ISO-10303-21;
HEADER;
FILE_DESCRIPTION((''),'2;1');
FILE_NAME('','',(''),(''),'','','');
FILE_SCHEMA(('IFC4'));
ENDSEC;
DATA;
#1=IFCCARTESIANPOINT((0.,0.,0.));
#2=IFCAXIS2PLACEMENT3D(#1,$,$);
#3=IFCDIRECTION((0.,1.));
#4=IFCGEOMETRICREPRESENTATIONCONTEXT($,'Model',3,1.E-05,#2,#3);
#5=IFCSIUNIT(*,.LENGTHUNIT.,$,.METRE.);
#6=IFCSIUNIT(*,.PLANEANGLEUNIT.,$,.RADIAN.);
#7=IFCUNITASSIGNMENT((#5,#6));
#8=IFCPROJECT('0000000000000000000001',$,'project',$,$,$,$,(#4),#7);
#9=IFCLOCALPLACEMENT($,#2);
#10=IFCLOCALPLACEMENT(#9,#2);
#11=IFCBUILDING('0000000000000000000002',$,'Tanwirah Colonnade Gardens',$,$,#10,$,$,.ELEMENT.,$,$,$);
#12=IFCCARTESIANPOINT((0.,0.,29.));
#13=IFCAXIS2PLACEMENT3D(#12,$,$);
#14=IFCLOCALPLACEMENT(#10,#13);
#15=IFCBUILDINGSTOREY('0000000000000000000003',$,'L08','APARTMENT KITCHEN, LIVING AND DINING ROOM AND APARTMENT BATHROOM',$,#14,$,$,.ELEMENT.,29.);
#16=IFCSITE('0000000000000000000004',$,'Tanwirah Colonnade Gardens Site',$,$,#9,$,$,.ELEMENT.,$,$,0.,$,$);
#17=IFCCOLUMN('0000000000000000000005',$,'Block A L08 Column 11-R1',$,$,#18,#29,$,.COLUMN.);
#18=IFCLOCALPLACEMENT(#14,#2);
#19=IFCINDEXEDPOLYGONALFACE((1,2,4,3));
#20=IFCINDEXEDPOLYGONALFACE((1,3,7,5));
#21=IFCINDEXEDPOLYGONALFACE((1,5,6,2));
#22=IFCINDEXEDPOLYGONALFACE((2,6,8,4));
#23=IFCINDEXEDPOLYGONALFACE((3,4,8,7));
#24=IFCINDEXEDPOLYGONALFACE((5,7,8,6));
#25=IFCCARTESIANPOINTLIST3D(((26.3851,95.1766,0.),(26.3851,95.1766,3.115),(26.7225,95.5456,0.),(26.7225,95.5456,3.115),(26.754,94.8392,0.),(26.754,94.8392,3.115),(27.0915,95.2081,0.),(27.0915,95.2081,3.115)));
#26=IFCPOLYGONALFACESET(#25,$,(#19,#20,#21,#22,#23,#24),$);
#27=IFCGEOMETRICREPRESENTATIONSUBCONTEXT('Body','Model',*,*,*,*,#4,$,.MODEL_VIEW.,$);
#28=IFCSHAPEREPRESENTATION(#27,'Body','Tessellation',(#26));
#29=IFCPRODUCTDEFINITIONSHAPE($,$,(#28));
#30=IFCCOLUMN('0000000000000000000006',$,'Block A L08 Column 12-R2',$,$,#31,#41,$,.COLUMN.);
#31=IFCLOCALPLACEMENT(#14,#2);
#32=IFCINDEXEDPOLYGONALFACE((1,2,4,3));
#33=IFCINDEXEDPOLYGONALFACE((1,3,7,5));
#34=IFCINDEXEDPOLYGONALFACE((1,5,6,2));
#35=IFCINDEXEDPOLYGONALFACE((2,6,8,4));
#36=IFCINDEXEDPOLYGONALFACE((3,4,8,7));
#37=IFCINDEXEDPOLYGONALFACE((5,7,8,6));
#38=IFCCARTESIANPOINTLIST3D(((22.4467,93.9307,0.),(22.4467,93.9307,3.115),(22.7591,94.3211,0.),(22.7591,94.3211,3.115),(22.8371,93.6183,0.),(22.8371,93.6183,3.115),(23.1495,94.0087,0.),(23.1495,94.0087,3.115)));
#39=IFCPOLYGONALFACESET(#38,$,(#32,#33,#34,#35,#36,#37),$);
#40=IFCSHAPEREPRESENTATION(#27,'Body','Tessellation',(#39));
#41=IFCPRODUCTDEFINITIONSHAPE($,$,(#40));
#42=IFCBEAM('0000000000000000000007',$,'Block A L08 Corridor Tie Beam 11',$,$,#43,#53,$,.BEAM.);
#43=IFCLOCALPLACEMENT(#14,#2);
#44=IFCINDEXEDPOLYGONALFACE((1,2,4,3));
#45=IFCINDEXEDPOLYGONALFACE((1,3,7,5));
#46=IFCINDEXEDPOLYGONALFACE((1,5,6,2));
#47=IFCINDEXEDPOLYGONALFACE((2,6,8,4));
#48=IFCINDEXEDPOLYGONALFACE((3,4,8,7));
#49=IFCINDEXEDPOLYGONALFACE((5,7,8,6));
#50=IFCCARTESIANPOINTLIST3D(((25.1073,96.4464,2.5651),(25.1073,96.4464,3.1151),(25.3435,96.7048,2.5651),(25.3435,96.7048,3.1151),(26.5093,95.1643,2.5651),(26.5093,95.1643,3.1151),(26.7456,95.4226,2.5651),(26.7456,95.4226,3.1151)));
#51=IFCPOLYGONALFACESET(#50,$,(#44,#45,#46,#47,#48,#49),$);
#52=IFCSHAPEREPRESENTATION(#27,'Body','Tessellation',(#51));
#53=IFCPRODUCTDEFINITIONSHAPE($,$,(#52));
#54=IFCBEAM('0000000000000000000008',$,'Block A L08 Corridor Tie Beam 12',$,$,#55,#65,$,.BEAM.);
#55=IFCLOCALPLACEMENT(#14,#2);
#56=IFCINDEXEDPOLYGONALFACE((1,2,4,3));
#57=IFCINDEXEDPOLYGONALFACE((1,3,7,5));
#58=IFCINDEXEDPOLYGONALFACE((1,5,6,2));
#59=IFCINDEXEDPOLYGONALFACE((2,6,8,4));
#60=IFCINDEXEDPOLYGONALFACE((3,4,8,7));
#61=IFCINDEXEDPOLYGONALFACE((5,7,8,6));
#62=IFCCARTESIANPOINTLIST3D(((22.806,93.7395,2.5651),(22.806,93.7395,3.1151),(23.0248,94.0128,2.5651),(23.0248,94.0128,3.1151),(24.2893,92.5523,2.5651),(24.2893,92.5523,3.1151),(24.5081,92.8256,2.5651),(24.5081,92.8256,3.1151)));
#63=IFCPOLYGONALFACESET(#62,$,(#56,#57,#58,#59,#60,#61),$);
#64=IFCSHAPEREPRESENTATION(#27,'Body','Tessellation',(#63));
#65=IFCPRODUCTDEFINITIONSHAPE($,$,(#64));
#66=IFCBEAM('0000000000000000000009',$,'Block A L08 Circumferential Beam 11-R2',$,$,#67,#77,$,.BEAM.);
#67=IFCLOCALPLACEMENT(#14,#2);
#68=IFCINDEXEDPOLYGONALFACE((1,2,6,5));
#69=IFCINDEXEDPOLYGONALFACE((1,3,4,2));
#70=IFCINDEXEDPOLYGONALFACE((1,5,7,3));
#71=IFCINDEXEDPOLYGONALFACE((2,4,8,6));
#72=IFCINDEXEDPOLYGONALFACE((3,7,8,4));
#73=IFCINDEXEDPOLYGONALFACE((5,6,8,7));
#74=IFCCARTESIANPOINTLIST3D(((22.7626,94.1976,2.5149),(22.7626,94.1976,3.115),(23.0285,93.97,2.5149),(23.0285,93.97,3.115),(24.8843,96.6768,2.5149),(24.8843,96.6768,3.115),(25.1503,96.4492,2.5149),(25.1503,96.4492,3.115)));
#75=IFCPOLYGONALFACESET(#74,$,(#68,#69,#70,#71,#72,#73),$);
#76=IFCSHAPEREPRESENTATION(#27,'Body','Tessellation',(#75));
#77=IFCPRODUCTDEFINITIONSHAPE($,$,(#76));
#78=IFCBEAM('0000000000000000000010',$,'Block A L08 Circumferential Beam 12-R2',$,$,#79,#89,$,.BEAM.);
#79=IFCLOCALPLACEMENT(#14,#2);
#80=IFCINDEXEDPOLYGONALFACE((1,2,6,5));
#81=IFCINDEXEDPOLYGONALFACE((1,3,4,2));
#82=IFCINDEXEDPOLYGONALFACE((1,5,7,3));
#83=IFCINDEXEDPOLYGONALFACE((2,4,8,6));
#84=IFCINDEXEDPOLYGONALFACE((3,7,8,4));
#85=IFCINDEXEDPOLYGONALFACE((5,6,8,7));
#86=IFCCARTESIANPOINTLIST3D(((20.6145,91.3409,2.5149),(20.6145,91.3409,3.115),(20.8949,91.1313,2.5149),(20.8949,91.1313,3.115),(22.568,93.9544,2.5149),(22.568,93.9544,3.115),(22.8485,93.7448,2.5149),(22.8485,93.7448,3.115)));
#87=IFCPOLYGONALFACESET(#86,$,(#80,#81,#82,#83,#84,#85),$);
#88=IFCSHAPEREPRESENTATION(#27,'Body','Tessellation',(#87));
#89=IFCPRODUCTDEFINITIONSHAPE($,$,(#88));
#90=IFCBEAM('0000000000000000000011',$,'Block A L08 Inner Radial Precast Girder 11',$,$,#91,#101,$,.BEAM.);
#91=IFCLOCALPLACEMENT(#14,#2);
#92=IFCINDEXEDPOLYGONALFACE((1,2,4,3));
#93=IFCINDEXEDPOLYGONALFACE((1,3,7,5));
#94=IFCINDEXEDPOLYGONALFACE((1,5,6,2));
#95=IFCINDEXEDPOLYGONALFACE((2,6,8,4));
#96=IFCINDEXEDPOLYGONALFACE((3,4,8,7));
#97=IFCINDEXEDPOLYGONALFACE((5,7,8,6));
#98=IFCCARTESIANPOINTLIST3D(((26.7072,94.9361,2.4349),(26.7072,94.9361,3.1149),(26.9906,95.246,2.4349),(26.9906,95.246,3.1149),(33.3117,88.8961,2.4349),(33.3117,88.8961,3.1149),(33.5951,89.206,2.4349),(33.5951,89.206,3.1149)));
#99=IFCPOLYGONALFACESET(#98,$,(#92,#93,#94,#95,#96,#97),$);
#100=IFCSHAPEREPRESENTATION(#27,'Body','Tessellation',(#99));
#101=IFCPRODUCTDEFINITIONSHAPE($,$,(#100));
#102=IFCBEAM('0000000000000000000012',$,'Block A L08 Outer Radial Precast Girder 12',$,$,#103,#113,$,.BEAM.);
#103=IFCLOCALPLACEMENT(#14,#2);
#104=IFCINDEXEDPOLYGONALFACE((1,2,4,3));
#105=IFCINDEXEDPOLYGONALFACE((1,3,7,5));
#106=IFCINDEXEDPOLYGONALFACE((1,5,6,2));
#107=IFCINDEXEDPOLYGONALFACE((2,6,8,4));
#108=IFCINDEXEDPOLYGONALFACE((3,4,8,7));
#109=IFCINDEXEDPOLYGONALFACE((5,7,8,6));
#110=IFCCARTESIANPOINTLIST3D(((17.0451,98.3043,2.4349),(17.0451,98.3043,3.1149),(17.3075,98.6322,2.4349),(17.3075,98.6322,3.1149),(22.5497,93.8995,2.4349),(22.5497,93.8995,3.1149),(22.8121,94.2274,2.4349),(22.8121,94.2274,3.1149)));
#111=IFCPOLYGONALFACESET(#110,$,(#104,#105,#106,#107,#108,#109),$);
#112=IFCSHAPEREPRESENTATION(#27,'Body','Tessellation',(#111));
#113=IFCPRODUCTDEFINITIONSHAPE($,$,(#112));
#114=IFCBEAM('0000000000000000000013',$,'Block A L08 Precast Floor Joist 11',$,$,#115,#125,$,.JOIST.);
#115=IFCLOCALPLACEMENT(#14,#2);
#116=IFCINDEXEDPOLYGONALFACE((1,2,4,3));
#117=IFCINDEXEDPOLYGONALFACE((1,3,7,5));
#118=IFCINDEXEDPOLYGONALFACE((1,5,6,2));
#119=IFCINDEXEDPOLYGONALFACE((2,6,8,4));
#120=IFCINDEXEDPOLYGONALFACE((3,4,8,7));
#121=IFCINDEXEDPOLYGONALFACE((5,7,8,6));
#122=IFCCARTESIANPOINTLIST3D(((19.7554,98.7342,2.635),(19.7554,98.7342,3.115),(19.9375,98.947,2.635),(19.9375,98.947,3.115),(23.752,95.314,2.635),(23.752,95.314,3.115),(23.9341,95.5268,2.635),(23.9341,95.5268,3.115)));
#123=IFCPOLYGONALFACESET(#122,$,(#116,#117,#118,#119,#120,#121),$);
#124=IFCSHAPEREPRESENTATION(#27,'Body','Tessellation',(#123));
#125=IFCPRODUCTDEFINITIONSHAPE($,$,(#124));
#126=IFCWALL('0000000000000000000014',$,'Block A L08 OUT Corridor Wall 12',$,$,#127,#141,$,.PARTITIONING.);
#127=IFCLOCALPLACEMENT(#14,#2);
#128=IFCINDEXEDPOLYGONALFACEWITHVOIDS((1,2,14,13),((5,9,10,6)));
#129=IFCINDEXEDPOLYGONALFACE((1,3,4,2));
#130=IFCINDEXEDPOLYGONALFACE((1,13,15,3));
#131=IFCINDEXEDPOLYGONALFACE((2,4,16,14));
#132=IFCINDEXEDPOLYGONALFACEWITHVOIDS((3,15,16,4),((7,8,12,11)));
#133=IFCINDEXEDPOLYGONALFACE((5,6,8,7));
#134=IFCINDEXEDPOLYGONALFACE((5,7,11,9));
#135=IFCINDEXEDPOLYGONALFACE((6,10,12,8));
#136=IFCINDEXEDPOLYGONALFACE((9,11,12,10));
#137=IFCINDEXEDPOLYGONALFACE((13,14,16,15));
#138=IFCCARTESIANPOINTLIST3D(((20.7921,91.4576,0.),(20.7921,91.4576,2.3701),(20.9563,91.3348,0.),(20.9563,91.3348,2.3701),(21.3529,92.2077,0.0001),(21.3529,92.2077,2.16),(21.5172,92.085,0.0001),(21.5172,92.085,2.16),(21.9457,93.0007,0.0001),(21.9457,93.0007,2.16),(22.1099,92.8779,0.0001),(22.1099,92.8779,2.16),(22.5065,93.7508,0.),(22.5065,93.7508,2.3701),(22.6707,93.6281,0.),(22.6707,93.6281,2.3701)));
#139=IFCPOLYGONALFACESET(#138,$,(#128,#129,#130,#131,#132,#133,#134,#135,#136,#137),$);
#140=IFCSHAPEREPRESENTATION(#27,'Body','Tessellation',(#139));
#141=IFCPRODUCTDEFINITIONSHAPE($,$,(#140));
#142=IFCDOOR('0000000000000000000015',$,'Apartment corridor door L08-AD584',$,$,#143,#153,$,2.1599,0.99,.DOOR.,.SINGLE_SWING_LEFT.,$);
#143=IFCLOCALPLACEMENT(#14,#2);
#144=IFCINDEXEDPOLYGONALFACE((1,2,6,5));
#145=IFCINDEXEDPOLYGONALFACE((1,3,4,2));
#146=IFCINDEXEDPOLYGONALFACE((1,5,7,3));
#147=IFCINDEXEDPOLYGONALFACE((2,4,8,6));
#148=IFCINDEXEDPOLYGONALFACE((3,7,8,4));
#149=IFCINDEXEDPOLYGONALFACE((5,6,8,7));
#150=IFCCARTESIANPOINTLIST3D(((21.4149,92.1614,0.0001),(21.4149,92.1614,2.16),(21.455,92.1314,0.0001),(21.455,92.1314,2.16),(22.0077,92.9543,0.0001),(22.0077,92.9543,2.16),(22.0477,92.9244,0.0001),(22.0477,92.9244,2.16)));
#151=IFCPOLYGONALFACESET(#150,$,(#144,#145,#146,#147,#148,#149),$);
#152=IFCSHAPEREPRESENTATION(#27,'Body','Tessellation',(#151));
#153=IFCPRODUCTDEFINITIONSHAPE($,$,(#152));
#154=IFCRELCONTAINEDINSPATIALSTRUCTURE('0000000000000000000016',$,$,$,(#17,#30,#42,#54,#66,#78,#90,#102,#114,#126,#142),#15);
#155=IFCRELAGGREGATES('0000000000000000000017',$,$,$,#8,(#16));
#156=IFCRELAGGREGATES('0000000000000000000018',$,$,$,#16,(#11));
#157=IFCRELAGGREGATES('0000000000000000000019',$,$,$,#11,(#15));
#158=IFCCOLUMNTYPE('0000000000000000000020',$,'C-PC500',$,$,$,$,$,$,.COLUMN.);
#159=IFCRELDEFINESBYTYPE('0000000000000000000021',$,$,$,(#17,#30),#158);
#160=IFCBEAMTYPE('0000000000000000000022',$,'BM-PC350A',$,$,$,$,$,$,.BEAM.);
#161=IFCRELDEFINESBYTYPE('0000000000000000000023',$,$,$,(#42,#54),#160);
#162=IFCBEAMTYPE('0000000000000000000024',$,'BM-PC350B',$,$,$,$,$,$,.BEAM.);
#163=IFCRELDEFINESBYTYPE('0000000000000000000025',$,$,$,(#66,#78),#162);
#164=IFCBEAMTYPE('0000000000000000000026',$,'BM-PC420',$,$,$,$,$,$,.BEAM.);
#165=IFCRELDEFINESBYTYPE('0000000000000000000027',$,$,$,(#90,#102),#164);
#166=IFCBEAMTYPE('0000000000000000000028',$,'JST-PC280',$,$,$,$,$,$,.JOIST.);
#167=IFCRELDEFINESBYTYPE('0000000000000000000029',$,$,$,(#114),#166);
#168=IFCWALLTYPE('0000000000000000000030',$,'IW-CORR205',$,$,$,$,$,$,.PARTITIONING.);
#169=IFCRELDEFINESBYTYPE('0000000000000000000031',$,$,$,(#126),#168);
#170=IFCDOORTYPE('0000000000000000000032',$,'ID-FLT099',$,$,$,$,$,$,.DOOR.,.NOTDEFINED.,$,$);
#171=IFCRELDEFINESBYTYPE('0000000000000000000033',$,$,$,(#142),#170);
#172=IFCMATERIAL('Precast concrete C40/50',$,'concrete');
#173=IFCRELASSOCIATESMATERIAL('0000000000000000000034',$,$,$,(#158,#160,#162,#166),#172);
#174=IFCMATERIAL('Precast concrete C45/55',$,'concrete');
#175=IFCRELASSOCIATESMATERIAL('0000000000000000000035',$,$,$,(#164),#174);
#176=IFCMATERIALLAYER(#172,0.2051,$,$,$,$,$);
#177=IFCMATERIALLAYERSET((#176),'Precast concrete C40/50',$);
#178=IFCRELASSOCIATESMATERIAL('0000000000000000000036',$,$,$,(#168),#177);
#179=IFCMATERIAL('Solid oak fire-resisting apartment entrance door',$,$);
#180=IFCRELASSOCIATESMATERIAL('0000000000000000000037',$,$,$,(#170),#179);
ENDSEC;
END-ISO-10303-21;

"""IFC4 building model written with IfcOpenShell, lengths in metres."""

from ifc_helpers import new_model, si_unit, direction, frame, frame_2d, origin, origin_2d, place, context, subcontext, project, spatial, rectangle, extrude, material, layer, layer_set, material_profile, profile_set, type_object, element, fill, save


model = new_model("IFC4")

# Units and contexts
model_context = context("Model", 3, precision=1e-05, world=origin(), true_north=direction((0.0, 1.0)))
body_context = subcontext(model_context, "Body", "Model", "MODEL_VIEW")
ifc_project = project(units=[si_unit("LENGTHUNIT", "METRE"), si_unit("PLANEANGLEUNIT", "RADIAN")], contexts=[model_context])

# Site, building, storey
site_placement = place(None, origin())
site = spatial("IfcSite", under=ifc_project, at=site_placement, Name="Tanwirah Colonnade Gardens Site", CompositionType="ELEMENT", RefElevation=0.0)
building_placement = place(site_placement, origin())
building = spatial("IfcBuilding", under=site, at=building_placement, Name="Tanwirah Colonnade Gardens", CompositionType="ELEMENT")
storey_placement = place(building_placement, frame((0.0, 0.0, 29.0)))
storey = spatial("IfcBuildingStorey", under=building, at=storey_placement, Name="L08", Description="APARTMENT KITCHEN, LIVING AND DINING ROOM AND APARTMENT BATHROOM", CompositionType="ELEMENT", Elevation=29.0)

# Columns
ifc_material_1 = material(Name="Precast concrete C40/50", Category="concrete")
ifc_material_profile_1 = material_profile(ifc_material_1, rectangle(XDim=0.5, YDim=0.5, at=origin_2d()), Name="PC-COL 500x500")
ifc_profile_set_1 = profile_set([ifc_material_profile_1], Name="Precast concrete C40/50")
column_type = type_object("IfcColumnType", Name="C-PC500", PredefinedType="COLUMN", material=ifc_profile_set_1)
for number, where, z_axis, x_axis, name in (
    (1, (26.7383, 95.1924, 0.0), (0.0, 0.0, 1.0), (-0.737932, 0.674875, 0.0), "Block A L08 Column 11-R1"),
    (2, (22.7981, 93.9697, 0.0), (0.0, 0.0, 1.0), (-0.780794, 0.624788, 0.0), "Block A L08 Column 12-R2"),
):
    element("IfcColumn", number, at=place(storey_placement, frame(where, z_axis=z_axis, x_axis=x_axis)), inside=storey, type_object=column_type, Name=name, PredefinedType="COLUMN", context=body_context, shape_type="SweptSolid", body=[
        extrude(rectangle(XDim=0.5, YDim=0.5, at=origin_2d()), origin(), (0.0, 0.0, 1.0), 3.115),
    ])

# Beams
ifc_material_profile_2 = material_profile(ifc_material_1, rectangle(XDim=0.3501, YDim=0.55, at=origin_2d()), Name="PC-BM 350x550")
ifc_profile_set_2 = profile_set([ifc_material_profile_2], Name="Precast concrete C40/50")
beam_type_1 = type_object("IfcBeamType", Name="BM-PC350A", PredefinedType="BEAM", material=ifc_profile_set_2)
for number, where, z_axis, x_axis, name in (
    (3, (26.6274, 95.2935, 2.8401), (-0.737948, 0.674857, 0.0), (-0.674857, -0.737948, 0.0), "Block A L08 Corridor Tie Beam 11"),
    (4, (24.3987, 92.689, 2.8401), (-0.780731, 0.624867, 0.0), (-0.624867, -0.780731, 0.0), "Block A L08 Corridor Tie Beam 12"),
):
    element("IfcBeam", number, at=place(storey_placement, frame(where, z_axis=z_axis, x_axis=x_axis)), inside=storey, type_object=beam_type_1, Name=name, PredefinedType="BEAM", context=body_context, shape_type="SweptSolid", body=[
        extrude(rectangle(XDim=0.3501, YDim=0.55, at=origin_2d()), origin(), (0.0, 0.0, 1.0), 1.8999),
    ])
ifc_material_profile_3 = material_profile(ifc_material_1, rectangle(XDim=0.3501, YDim=0.6001, at=origin_2d()), Name="PC-BM 350x600")
ifc_profile_set_3 = profile_set([ifc_material_profile_3], Name="Precast concrete C40/50")
beam_type_2 = type_object("IfcBeamType", Name="BM-PC350B", PredefinedType="BEAM", material=ifc_profile_set_3)
beam_1_placement = place(storey_placement, frame((25.0173, 96.563, 2.8149), z_axis=(-0.650218, -0.759748, 0.0), x_axis=(0.759748, -0.650218, 0.0)))
element("IfcBeam", 5, at=beam_1_placement, inside=storey, type_object=beam_type_2, Name="Block A L08 Circumferential Beam 11-R2", PredefinedType="BEAM", context=body_context, shape_type="SweptSolid", body=[
    extrude(rectangle(XDim=0.3501, YDim=0.6001, at=origin_2d()), origin(), (0.0, 0.0, 1.0), 3.2632),
])
beam_2_placement = place(storey_placement, frame((22.7083, 93.8496, 2.8149), z_axis=(-0.598718, -0.80096, 0.0), x_axis=(0.80096, -0.598718, 0.0)))
element("IfcBeam", 6, at=beam_2_placement, inside=storey, type_object=beam_type_2, Name="Block A L08 Circumferential Beam 12-R2", PredefinedType="BEAM", context=body_context, shape_type="SweptSolid", body=[
    extrude(rectangle(XDim=0.3501, YDim=0.6001, at=origin_2d()), origin(), (0.0, 0.0, 1.0), 3.2629),
])
ifc_material_2 = material(Name="Precast concrete C45/55", Category="concrete")
ifc_material_profile_4 = material_profile(ifc_material_2, rectangle(XDim=0.4199, YDim=0.6799, at=origin_2d()), Name="PC-BM 420x680")
ifc_profile_set_4 = profile_set([ifc_material_profile_4], Name="Precast concrete C45/55")
beam_type_3 = type_object("IfcBeamType", Name="BM-PC420", PredefinedType="BEAM", material=ifc_profile_set_4)
beam_3_placement = place(storey_placement, frame((26.8489, 95.0911, 2.7749), z_axis=(0.737937, -0.674869, 0.0), x_axis=(0.674869, 0.737937, 0.0)))
element("IfcBeam", 7, at=beam_3_placement, inside=storey, type_object=beam_type_3, Name="Block A L08 Inner Radial Precast Girder 11", PredefinedType="BEAM", context=body_context, shape_type="SweptSolid", body=[
    extrude(rectangle(XDim=0.4199, YDim=0.6799, at=origin_2d()), origin(), (0.0, 0.0, 1.0), 8.95),
])
beam_4_placement = place(storey_placement, frame((22.6809, 94.0635, 2.7749), z_axis=(-0.780794, 0.624788, 0.0), x_axis=(-0.624788, -0.780794, 0.0)))
element("IfcBeam", 8, at=beam_4_placement, inside=storey, type_object=beam_type_3, Name="Block A L08 Outer Radial Precast Girder 12", PredefinedType="BEAM", context=body_context, shape_type="SweptSolid", body=[
    extrude(rectangle(XDim=0.4199, YDim=0.6799, at=origin_2d()), origin(), (0.0, 0.0, 1.0), 7.05),
])
ifc_material_profile_5 = material_profile(ifc_material_1, rectangle(XDim=0.28, YDim=0.48, at=origin_2d()), Name="PC-JST 280x480")
ifc_profile_set_5 = profile_set([ifc_material_profile_5], Name="Precast concrete C40/50")
beam_type_4 = type_object("IfcBeamType", Name="JST-PC280", PredefinedType="JOIST", material=ifc_profile_set_5)
beam_5_placement = place(storey_placement, frame((23.843, 95.4204, 2.875), z_axis=(-0.759771, 0.650191, 0.0), x_axis=(-0.650191, -0.759771, 0.0)))
element("IfcBeam", 9, at=beam_5_placement, inside=storey, type_object=beam_type_4, Name="Block A L08 Precast Floor Joist 11", PredefinedType="JOIST", context=body_context, shape_type="SweptSolid", body=[
    extrude(rectangle(XDim=0.28, YDim=0.48, at=origin_2d()), origin(), (0.0, 0.0, 1.0), 5.2603),
])

# Wall, opening, door
ifc_layer_1 = layer(ifc_material_1, 0.2051)
ifc_layer_set_1 = layer_set([ifc_layer_1], Name="Precast concrete C40/50")
wall_type_1 = type_object("IfcWallType", Name="IW-CORR205", PredefinedType="PARTITIONING", material=ifc_layer_set_1)
ifc_material_3 = material(Name="Solid oak fire-resisting apartment entrance door")
wall_1_placement = place(storey_placement, frame((22.5886, 93.6895, 0.0), z_axis=(0.0, 0.0, 1.0), x_axis=(-0.598758, -0.80093, 0.0)))
wall_1 = element("IfcWall", 10, at=wall_1_placement, inside=storey, type_object=wall_type_1, Name="Block A L08 OUT Corridor Wall 12", PredefinedType="PARTITIONING", context=body_context, shape_type="SweptSolid", body=[
    extrude(rectangle(XDim=2.8633, YDim=0.2051, at=frame_2d((1.4316, 0.0))), origin(), (0.0, 0.0, 1.0), 2.3701),
])
opening_1_placement = place(wall_1_placement, frame((0.9365, 0.0, 0.0)))
opening_1 = element("IfcOpeningElement", 11, at=opening_1_placement, cuts=wall_1, PredefinedType="OPENING", context=body_context, shape_type="SweptSolid", body=[
    extrude(rectangle(XDim=0.99, YDim=2.1599, at=frame_2d((0.4951, 1.0801))), frame((0.0, 0.1125, 0.0), z_axis=(0.0, -1.0, 0.0), x_axis=(1.0, 0.0, 0.0)), (0.0, 0.0, 1.0), 0.2251),
])
door_type_1 = type_object("IfcDoorType", Name="ID-FLT099", OperationType="NOTDEFINED", PredefinedType="DOOR", material=ifc_material_3)
door_1_placement = place(opening_1_placement, origin())
door_1 = element("IfcDoor", 12, at=door_1_placement, inside=storey, type_object=door_type_1, Name="Apartment corridor door L08-AD584", OperationType="SINGLE_SWING_LEFT", OverallHeight=2.1599, OverallWidth=0.99, PredefinedType="DOOR", context=body_context, shape_type="SweptSolid", body=[
    extrude(rectangle(XDim=0.99, YDim=2.1599, at=frame_2d((0.4951, 1.0801))), frame((0.0, 0.0249, 0.0), z_axis=(0.0, -1.0, 0.0), x_axis=(1.0, 0.0, 0.0)), (0.0, 0.0, 1.0), 0.05),
])
fill(opening_1, door_1)

save(model, "model.ifc")
